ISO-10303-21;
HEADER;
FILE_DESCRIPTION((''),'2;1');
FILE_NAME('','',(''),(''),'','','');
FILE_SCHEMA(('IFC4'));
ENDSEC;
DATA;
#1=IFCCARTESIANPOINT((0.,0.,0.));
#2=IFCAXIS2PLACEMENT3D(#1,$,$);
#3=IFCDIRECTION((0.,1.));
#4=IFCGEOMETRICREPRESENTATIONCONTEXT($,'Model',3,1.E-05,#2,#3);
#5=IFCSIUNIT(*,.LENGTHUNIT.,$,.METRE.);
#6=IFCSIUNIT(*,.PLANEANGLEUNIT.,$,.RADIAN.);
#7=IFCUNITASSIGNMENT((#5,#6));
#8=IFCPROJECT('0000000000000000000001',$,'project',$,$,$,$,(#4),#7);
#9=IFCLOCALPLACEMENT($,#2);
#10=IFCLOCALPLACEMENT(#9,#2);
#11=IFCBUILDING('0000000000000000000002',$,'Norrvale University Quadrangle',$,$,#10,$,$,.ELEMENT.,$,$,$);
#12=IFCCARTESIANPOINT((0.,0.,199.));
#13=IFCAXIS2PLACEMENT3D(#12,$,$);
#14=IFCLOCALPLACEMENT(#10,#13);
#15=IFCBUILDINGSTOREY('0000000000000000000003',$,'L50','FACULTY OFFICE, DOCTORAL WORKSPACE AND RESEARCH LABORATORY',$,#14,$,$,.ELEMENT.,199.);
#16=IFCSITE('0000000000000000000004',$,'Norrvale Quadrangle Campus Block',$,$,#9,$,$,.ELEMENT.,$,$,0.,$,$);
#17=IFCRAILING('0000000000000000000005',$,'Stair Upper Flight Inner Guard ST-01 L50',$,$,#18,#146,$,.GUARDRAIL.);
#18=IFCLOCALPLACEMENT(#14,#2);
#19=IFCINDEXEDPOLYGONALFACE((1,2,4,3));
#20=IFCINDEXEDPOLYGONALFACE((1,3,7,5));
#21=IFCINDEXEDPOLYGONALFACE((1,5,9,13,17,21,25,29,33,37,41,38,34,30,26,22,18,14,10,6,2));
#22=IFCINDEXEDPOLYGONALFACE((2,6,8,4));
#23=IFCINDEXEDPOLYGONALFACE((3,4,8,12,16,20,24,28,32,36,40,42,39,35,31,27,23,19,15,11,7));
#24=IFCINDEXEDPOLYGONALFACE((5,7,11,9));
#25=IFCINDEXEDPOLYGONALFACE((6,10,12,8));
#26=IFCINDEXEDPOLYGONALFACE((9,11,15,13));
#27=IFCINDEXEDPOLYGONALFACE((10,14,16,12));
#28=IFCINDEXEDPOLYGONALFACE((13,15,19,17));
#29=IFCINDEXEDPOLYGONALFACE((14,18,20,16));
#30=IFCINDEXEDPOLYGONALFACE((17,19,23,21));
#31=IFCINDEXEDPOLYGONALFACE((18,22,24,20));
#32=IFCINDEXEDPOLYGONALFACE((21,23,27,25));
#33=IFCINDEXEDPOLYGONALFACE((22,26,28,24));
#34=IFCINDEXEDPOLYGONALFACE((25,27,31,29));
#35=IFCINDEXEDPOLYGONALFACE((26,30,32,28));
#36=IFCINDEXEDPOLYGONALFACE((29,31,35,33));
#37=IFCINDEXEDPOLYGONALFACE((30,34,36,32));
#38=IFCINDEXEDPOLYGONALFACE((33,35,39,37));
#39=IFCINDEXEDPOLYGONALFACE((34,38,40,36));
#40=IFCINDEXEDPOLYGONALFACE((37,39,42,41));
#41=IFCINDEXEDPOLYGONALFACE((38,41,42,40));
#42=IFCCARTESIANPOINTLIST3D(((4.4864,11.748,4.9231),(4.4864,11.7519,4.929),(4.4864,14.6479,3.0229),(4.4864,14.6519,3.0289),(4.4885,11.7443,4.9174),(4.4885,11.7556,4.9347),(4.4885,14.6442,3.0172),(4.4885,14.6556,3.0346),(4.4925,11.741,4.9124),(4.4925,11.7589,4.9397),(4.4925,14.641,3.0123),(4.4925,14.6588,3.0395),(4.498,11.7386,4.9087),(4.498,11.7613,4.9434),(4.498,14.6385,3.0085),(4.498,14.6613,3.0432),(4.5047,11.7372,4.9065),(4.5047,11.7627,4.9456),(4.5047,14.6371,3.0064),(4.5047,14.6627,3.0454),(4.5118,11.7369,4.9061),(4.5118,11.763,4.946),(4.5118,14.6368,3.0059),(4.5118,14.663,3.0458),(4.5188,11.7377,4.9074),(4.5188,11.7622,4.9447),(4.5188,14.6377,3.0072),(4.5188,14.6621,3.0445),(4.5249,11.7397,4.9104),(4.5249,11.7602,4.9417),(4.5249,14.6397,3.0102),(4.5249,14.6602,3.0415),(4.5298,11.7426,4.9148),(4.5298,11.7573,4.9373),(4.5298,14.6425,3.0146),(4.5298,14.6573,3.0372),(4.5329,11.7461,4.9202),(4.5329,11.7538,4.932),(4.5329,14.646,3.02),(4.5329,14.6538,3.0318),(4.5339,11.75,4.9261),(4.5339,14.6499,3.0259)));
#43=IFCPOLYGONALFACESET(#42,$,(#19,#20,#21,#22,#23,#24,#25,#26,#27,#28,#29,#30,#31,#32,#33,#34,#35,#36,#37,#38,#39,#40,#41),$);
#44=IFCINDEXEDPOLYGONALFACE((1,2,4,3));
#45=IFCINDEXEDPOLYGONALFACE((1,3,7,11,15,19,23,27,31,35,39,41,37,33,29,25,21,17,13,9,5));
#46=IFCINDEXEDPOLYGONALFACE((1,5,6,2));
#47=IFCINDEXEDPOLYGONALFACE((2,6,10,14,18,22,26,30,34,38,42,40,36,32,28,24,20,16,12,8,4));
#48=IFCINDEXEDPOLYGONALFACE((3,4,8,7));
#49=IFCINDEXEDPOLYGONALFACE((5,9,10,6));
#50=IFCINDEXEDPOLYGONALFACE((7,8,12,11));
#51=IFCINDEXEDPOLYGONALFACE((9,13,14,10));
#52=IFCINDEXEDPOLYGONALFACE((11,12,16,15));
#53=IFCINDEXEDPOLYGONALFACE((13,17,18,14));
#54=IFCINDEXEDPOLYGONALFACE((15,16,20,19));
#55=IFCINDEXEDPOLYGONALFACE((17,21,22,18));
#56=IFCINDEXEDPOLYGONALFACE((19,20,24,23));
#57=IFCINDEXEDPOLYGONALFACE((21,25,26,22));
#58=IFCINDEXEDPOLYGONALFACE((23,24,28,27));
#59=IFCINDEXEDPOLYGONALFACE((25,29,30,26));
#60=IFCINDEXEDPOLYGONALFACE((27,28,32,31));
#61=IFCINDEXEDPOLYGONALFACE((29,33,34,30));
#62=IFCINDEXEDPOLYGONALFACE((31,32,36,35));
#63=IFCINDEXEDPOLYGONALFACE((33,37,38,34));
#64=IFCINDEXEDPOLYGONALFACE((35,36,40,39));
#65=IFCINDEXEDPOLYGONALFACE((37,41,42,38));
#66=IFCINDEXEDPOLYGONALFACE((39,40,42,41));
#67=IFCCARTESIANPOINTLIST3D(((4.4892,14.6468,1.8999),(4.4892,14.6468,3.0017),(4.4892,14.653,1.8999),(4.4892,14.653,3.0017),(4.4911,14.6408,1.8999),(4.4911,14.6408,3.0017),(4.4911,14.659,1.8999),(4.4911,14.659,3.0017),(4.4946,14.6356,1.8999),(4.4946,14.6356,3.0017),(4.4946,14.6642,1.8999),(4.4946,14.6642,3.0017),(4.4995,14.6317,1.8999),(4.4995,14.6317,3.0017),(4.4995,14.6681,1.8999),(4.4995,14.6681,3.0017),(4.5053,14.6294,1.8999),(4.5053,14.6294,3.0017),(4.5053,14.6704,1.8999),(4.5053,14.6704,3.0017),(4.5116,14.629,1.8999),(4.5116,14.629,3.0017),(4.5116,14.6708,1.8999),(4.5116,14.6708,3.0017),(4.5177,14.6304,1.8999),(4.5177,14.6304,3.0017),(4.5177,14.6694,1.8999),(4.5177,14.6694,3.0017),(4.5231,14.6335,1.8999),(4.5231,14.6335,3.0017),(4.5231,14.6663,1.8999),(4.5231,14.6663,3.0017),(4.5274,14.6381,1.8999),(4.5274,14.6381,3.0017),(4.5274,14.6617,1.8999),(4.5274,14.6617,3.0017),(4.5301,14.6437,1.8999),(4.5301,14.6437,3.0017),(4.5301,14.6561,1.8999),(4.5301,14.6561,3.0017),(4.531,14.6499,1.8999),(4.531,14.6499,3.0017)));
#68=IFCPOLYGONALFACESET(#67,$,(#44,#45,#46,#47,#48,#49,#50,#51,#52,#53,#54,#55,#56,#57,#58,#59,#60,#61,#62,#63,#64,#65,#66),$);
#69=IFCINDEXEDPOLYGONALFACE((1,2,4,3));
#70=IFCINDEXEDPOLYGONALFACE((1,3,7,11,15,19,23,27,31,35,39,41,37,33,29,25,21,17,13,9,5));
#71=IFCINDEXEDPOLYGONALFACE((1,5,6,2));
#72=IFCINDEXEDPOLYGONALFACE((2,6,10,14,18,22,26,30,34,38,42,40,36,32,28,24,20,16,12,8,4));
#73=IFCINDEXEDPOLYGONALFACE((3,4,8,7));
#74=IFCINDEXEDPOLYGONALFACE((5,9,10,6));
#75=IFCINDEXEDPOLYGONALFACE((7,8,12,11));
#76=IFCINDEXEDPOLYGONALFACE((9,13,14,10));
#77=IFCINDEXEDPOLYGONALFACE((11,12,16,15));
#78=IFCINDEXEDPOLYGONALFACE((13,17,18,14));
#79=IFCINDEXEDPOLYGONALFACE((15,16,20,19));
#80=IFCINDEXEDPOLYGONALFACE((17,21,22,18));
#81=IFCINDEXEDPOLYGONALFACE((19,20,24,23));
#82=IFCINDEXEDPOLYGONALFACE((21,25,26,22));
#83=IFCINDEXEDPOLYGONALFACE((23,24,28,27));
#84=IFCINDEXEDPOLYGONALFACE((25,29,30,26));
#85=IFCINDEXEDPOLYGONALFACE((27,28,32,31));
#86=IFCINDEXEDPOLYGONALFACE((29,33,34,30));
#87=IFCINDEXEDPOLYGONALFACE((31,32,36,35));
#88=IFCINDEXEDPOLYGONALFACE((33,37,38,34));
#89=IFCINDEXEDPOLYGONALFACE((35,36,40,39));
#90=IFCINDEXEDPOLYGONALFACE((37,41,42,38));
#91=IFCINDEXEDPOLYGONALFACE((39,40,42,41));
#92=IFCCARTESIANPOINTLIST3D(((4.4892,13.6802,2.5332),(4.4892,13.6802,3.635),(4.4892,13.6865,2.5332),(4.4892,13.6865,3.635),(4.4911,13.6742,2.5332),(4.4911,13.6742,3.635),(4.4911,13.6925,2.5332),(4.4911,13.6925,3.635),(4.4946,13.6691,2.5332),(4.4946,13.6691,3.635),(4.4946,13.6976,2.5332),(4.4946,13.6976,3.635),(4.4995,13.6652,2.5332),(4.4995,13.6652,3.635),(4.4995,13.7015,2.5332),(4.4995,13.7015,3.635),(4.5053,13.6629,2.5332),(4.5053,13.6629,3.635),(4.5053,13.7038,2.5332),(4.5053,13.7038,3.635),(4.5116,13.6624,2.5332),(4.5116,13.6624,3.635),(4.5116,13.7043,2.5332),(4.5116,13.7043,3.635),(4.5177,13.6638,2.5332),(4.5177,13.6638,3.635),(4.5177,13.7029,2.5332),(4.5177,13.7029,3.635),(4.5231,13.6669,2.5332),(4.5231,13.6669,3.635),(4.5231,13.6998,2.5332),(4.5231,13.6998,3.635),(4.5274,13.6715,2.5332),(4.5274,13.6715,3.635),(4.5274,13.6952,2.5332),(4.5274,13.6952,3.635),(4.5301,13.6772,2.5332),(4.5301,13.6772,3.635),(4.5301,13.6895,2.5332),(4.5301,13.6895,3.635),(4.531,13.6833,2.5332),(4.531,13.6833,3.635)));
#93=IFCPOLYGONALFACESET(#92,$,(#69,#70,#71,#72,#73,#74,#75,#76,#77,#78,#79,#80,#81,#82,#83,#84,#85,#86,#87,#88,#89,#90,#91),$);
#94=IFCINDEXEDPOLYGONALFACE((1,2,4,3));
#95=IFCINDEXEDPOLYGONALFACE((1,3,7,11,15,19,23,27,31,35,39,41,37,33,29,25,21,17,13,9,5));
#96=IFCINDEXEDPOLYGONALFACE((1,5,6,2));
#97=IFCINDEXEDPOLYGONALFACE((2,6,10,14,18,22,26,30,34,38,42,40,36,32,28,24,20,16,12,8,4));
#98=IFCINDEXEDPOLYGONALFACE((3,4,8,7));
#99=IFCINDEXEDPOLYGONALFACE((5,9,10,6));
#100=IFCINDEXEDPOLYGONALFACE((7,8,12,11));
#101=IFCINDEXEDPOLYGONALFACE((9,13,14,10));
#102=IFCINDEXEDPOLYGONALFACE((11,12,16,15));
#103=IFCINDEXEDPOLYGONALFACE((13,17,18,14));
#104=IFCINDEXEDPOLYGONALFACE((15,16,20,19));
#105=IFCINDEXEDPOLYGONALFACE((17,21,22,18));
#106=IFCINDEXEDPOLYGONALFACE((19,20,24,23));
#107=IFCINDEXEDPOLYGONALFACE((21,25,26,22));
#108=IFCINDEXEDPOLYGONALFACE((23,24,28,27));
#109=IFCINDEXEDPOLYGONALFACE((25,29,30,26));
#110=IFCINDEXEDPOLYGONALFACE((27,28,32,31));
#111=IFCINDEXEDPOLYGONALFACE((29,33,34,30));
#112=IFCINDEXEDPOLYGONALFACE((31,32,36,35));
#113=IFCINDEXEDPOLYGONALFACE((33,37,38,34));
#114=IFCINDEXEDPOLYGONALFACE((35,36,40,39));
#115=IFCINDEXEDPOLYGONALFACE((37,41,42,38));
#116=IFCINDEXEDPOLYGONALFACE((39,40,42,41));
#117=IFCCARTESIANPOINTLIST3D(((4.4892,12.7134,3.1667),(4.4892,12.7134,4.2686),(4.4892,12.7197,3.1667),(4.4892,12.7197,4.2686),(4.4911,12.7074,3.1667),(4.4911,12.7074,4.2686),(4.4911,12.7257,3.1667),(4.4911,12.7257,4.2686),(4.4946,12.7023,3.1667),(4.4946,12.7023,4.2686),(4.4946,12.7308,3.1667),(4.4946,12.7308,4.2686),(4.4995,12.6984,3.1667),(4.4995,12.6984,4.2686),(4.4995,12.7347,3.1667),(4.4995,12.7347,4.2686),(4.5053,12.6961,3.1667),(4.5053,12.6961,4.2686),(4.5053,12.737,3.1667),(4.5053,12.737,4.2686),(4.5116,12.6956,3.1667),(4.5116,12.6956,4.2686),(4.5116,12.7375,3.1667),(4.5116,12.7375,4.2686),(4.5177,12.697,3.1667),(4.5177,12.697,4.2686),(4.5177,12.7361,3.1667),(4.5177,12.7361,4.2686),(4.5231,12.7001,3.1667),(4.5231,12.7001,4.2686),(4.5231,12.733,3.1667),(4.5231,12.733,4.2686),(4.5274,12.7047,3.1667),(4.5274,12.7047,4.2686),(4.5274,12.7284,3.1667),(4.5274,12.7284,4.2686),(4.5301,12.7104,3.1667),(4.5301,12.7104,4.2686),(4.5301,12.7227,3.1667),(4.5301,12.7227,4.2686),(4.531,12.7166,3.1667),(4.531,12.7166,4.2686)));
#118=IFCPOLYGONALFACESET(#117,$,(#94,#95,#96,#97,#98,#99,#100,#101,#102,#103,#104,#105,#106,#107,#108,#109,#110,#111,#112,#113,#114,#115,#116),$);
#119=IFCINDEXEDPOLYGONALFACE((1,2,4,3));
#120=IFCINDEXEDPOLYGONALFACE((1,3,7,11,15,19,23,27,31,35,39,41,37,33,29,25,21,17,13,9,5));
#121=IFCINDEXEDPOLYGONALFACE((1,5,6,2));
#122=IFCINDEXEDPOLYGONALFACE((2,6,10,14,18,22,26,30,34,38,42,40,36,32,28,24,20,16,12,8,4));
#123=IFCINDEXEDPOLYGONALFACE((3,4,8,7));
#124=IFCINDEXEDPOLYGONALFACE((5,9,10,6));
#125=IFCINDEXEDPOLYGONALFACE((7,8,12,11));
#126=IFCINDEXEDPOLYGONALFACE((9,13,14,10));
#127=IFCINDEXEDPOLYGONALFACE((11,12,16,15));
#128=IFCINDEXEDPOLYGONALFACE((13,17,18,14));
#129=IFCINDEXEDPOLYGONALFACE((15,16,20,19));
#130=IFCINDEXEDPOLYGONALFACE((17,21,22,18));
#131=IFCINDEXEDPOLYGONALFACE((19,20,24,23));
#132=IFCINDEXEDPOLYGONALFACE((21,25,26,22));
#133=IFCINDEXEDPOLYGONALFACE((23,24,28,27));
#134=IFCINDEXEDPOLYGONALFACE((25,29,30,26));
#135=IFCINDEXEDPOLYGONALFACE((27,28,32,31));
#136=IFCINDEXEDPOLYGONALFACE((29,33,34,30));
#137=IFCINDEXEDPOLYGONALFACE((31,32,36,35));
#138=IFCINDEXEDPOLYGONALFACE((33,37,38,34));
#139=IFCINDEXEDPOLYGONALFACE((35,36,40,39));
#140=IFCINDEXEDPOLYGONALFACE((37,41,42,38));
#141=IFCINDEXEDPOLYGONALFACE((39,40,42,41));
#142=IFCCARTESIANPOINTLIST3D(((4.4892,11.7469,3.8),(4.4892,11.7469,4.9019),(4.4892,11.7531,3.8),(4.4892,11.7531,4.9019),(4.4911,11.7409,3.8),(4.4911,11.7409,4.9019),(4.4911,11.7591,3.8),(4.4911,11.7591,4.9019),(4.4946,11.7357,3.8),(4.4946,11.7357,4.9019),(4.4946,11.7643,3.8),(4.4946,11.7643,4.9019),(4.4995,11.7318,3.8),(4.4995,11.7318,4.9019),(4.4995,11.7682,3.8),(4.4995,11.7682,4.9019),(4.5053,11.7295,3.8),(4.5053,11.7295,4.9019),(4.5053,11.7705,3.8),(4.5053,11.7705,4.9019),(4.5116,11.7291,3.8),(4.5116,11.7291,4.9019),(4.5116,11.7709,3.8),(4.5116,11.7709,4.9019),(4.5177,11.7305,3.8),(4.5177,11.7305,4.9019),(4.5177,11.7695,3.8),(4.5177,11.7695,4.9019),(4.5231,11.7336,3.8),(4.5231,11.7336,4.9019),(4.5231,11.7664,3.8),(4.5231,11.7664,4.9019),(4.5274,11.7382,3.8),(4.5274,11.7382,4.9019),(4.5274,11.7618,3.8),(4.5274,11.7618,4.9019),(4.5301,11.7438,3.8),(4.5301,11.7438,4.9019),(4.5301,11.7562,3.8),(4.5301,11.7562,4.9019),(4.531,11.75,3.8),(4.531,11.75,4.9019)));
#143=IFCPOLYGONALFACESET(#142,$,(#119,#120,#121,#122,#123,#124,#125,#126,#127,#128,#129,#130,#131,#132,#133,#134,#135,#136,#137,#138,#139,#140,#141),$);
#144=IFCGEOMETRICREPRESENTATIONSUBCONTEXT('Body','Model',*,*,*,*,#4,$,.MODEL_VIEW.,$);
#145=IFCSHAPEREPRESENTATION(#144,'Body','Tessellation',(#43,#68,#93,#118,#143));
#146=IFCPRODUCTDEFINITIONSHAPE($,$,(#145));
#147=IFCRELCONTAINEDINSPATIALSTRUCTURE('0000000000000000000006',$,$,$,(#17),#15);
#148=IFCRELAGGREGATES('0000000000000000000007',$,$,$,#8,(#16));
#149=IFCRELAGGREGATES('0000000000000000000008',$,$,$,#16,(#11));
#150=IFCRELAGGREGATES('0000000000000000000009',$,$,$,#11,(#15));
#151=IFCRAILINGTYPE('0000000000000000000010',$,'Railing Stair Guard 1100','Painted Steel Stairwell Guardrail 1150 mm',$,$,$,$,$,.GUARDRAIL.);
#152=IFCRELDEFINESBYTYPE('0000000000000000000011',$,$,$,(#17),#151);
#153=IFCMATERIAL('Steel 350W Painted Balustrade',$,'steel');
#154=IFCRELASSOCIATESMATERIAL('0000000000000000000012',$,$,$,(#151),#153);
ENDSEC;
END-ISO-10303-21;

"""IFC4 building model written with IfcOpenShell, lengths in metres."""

from ifc_helpers import new_model, si_unit, direction, frame, origin, origin_2d, place, context, subcontext, project, spatial, circle, extrude, material, type_object, element, save


model = new_model("IFC4")

# Units and contexts
model_context = context("Model", 3, precision=1e-05, world=origin(), true_north=direction((0.0, 1.0)))
body_context = subcontext(model_context, "Body", "Model", "MODEL_VIEW")
ifc_project = project(units=[si_unit("LENGTHUNIT", "METRE"), si_unit("PLANEANGLEUNIT", "RADIAN")], contexts=[model_context])

# Site, building, storey
site_placement = place(None, origin())
site = spatial("IfcSite", under=ifc_project, at=site_placement, Name="Norrvale Quadrangle Campus Block", CompositionType="ELEMENT", RefElevation=0.0)
building_placement = place(site_placement, origin())
building = spatial("IfcBuilding", under=site, at=building_placement, Name="Norrvale University Quadrangle", CompositionType="ELEMENT")
storey_placement = place(building_placement, frame((0.0, 0.0, 199.0)))
storey = spatial("IfcBuildingStorey", under=building, at=storey_placement, Name="L50", Description="FACULTY OFFICE, DOCTORAL WORKSPACE AND RESEARCH LABORATORY", CompositionType="ELEMENT", Elevation=199.0)

# Railing
ifc_material_1 = material(Name="Steel 350W Painted Balustrade", Category="steel")
railing_type_1 = type_object("IfcRailingType", Name="Railing Stair Guard 1100", Description="Painted Steel Stairwell Guardrail 1150 mm", PredefinedType="GUARDRAIL", material=ifc_material_1)
railing_1_placement = place(storey_placement, frame((4.51, 14.6499, 1.8999)))
element("IfcRailing", 1, at=railing_1_placement, inside=storey, type_object=railing_type_1, Name="Stair Upper Flight Inner Guard ST-01 L50", PredefinedType="GUARDRAIL", context=body_context, shape_type="SweptSolid", body=[
    extrude(circle(Radius=0.0239, at=origin_2d()), frame((0.0, 0.0, 1.126), z_axis=(0.0, -0.836433, 0.548069), x_axis=(1.0, 0.0, 0.0)), (0.0, 0.0, 1.0), 3.467),
    extrude(circle(Radius=0.021, at=origin_2d()), origin(), (0.0, 0.0, 1.0), 1.1018),
    extrude(circle(Radius=0.021, at=origin_2d()), frame((0.0, -0.9666, 0.6333)), (0.0, 0.0, 1.0), 1.1018),
    extrude(circle(Radius=0.021, at=origin_2d()), frame((0.0, -1.9333, 1.2668)), (0.0, 0.0, 1.0), 1.1018),
    extrude(circle(Radius=0.021, at=origin_2d()), frame((0.0, -2.8999, 1.9001)), (0.0, 0.0, 1.0), 1.1018),
])

save(model, "model.ifc")
